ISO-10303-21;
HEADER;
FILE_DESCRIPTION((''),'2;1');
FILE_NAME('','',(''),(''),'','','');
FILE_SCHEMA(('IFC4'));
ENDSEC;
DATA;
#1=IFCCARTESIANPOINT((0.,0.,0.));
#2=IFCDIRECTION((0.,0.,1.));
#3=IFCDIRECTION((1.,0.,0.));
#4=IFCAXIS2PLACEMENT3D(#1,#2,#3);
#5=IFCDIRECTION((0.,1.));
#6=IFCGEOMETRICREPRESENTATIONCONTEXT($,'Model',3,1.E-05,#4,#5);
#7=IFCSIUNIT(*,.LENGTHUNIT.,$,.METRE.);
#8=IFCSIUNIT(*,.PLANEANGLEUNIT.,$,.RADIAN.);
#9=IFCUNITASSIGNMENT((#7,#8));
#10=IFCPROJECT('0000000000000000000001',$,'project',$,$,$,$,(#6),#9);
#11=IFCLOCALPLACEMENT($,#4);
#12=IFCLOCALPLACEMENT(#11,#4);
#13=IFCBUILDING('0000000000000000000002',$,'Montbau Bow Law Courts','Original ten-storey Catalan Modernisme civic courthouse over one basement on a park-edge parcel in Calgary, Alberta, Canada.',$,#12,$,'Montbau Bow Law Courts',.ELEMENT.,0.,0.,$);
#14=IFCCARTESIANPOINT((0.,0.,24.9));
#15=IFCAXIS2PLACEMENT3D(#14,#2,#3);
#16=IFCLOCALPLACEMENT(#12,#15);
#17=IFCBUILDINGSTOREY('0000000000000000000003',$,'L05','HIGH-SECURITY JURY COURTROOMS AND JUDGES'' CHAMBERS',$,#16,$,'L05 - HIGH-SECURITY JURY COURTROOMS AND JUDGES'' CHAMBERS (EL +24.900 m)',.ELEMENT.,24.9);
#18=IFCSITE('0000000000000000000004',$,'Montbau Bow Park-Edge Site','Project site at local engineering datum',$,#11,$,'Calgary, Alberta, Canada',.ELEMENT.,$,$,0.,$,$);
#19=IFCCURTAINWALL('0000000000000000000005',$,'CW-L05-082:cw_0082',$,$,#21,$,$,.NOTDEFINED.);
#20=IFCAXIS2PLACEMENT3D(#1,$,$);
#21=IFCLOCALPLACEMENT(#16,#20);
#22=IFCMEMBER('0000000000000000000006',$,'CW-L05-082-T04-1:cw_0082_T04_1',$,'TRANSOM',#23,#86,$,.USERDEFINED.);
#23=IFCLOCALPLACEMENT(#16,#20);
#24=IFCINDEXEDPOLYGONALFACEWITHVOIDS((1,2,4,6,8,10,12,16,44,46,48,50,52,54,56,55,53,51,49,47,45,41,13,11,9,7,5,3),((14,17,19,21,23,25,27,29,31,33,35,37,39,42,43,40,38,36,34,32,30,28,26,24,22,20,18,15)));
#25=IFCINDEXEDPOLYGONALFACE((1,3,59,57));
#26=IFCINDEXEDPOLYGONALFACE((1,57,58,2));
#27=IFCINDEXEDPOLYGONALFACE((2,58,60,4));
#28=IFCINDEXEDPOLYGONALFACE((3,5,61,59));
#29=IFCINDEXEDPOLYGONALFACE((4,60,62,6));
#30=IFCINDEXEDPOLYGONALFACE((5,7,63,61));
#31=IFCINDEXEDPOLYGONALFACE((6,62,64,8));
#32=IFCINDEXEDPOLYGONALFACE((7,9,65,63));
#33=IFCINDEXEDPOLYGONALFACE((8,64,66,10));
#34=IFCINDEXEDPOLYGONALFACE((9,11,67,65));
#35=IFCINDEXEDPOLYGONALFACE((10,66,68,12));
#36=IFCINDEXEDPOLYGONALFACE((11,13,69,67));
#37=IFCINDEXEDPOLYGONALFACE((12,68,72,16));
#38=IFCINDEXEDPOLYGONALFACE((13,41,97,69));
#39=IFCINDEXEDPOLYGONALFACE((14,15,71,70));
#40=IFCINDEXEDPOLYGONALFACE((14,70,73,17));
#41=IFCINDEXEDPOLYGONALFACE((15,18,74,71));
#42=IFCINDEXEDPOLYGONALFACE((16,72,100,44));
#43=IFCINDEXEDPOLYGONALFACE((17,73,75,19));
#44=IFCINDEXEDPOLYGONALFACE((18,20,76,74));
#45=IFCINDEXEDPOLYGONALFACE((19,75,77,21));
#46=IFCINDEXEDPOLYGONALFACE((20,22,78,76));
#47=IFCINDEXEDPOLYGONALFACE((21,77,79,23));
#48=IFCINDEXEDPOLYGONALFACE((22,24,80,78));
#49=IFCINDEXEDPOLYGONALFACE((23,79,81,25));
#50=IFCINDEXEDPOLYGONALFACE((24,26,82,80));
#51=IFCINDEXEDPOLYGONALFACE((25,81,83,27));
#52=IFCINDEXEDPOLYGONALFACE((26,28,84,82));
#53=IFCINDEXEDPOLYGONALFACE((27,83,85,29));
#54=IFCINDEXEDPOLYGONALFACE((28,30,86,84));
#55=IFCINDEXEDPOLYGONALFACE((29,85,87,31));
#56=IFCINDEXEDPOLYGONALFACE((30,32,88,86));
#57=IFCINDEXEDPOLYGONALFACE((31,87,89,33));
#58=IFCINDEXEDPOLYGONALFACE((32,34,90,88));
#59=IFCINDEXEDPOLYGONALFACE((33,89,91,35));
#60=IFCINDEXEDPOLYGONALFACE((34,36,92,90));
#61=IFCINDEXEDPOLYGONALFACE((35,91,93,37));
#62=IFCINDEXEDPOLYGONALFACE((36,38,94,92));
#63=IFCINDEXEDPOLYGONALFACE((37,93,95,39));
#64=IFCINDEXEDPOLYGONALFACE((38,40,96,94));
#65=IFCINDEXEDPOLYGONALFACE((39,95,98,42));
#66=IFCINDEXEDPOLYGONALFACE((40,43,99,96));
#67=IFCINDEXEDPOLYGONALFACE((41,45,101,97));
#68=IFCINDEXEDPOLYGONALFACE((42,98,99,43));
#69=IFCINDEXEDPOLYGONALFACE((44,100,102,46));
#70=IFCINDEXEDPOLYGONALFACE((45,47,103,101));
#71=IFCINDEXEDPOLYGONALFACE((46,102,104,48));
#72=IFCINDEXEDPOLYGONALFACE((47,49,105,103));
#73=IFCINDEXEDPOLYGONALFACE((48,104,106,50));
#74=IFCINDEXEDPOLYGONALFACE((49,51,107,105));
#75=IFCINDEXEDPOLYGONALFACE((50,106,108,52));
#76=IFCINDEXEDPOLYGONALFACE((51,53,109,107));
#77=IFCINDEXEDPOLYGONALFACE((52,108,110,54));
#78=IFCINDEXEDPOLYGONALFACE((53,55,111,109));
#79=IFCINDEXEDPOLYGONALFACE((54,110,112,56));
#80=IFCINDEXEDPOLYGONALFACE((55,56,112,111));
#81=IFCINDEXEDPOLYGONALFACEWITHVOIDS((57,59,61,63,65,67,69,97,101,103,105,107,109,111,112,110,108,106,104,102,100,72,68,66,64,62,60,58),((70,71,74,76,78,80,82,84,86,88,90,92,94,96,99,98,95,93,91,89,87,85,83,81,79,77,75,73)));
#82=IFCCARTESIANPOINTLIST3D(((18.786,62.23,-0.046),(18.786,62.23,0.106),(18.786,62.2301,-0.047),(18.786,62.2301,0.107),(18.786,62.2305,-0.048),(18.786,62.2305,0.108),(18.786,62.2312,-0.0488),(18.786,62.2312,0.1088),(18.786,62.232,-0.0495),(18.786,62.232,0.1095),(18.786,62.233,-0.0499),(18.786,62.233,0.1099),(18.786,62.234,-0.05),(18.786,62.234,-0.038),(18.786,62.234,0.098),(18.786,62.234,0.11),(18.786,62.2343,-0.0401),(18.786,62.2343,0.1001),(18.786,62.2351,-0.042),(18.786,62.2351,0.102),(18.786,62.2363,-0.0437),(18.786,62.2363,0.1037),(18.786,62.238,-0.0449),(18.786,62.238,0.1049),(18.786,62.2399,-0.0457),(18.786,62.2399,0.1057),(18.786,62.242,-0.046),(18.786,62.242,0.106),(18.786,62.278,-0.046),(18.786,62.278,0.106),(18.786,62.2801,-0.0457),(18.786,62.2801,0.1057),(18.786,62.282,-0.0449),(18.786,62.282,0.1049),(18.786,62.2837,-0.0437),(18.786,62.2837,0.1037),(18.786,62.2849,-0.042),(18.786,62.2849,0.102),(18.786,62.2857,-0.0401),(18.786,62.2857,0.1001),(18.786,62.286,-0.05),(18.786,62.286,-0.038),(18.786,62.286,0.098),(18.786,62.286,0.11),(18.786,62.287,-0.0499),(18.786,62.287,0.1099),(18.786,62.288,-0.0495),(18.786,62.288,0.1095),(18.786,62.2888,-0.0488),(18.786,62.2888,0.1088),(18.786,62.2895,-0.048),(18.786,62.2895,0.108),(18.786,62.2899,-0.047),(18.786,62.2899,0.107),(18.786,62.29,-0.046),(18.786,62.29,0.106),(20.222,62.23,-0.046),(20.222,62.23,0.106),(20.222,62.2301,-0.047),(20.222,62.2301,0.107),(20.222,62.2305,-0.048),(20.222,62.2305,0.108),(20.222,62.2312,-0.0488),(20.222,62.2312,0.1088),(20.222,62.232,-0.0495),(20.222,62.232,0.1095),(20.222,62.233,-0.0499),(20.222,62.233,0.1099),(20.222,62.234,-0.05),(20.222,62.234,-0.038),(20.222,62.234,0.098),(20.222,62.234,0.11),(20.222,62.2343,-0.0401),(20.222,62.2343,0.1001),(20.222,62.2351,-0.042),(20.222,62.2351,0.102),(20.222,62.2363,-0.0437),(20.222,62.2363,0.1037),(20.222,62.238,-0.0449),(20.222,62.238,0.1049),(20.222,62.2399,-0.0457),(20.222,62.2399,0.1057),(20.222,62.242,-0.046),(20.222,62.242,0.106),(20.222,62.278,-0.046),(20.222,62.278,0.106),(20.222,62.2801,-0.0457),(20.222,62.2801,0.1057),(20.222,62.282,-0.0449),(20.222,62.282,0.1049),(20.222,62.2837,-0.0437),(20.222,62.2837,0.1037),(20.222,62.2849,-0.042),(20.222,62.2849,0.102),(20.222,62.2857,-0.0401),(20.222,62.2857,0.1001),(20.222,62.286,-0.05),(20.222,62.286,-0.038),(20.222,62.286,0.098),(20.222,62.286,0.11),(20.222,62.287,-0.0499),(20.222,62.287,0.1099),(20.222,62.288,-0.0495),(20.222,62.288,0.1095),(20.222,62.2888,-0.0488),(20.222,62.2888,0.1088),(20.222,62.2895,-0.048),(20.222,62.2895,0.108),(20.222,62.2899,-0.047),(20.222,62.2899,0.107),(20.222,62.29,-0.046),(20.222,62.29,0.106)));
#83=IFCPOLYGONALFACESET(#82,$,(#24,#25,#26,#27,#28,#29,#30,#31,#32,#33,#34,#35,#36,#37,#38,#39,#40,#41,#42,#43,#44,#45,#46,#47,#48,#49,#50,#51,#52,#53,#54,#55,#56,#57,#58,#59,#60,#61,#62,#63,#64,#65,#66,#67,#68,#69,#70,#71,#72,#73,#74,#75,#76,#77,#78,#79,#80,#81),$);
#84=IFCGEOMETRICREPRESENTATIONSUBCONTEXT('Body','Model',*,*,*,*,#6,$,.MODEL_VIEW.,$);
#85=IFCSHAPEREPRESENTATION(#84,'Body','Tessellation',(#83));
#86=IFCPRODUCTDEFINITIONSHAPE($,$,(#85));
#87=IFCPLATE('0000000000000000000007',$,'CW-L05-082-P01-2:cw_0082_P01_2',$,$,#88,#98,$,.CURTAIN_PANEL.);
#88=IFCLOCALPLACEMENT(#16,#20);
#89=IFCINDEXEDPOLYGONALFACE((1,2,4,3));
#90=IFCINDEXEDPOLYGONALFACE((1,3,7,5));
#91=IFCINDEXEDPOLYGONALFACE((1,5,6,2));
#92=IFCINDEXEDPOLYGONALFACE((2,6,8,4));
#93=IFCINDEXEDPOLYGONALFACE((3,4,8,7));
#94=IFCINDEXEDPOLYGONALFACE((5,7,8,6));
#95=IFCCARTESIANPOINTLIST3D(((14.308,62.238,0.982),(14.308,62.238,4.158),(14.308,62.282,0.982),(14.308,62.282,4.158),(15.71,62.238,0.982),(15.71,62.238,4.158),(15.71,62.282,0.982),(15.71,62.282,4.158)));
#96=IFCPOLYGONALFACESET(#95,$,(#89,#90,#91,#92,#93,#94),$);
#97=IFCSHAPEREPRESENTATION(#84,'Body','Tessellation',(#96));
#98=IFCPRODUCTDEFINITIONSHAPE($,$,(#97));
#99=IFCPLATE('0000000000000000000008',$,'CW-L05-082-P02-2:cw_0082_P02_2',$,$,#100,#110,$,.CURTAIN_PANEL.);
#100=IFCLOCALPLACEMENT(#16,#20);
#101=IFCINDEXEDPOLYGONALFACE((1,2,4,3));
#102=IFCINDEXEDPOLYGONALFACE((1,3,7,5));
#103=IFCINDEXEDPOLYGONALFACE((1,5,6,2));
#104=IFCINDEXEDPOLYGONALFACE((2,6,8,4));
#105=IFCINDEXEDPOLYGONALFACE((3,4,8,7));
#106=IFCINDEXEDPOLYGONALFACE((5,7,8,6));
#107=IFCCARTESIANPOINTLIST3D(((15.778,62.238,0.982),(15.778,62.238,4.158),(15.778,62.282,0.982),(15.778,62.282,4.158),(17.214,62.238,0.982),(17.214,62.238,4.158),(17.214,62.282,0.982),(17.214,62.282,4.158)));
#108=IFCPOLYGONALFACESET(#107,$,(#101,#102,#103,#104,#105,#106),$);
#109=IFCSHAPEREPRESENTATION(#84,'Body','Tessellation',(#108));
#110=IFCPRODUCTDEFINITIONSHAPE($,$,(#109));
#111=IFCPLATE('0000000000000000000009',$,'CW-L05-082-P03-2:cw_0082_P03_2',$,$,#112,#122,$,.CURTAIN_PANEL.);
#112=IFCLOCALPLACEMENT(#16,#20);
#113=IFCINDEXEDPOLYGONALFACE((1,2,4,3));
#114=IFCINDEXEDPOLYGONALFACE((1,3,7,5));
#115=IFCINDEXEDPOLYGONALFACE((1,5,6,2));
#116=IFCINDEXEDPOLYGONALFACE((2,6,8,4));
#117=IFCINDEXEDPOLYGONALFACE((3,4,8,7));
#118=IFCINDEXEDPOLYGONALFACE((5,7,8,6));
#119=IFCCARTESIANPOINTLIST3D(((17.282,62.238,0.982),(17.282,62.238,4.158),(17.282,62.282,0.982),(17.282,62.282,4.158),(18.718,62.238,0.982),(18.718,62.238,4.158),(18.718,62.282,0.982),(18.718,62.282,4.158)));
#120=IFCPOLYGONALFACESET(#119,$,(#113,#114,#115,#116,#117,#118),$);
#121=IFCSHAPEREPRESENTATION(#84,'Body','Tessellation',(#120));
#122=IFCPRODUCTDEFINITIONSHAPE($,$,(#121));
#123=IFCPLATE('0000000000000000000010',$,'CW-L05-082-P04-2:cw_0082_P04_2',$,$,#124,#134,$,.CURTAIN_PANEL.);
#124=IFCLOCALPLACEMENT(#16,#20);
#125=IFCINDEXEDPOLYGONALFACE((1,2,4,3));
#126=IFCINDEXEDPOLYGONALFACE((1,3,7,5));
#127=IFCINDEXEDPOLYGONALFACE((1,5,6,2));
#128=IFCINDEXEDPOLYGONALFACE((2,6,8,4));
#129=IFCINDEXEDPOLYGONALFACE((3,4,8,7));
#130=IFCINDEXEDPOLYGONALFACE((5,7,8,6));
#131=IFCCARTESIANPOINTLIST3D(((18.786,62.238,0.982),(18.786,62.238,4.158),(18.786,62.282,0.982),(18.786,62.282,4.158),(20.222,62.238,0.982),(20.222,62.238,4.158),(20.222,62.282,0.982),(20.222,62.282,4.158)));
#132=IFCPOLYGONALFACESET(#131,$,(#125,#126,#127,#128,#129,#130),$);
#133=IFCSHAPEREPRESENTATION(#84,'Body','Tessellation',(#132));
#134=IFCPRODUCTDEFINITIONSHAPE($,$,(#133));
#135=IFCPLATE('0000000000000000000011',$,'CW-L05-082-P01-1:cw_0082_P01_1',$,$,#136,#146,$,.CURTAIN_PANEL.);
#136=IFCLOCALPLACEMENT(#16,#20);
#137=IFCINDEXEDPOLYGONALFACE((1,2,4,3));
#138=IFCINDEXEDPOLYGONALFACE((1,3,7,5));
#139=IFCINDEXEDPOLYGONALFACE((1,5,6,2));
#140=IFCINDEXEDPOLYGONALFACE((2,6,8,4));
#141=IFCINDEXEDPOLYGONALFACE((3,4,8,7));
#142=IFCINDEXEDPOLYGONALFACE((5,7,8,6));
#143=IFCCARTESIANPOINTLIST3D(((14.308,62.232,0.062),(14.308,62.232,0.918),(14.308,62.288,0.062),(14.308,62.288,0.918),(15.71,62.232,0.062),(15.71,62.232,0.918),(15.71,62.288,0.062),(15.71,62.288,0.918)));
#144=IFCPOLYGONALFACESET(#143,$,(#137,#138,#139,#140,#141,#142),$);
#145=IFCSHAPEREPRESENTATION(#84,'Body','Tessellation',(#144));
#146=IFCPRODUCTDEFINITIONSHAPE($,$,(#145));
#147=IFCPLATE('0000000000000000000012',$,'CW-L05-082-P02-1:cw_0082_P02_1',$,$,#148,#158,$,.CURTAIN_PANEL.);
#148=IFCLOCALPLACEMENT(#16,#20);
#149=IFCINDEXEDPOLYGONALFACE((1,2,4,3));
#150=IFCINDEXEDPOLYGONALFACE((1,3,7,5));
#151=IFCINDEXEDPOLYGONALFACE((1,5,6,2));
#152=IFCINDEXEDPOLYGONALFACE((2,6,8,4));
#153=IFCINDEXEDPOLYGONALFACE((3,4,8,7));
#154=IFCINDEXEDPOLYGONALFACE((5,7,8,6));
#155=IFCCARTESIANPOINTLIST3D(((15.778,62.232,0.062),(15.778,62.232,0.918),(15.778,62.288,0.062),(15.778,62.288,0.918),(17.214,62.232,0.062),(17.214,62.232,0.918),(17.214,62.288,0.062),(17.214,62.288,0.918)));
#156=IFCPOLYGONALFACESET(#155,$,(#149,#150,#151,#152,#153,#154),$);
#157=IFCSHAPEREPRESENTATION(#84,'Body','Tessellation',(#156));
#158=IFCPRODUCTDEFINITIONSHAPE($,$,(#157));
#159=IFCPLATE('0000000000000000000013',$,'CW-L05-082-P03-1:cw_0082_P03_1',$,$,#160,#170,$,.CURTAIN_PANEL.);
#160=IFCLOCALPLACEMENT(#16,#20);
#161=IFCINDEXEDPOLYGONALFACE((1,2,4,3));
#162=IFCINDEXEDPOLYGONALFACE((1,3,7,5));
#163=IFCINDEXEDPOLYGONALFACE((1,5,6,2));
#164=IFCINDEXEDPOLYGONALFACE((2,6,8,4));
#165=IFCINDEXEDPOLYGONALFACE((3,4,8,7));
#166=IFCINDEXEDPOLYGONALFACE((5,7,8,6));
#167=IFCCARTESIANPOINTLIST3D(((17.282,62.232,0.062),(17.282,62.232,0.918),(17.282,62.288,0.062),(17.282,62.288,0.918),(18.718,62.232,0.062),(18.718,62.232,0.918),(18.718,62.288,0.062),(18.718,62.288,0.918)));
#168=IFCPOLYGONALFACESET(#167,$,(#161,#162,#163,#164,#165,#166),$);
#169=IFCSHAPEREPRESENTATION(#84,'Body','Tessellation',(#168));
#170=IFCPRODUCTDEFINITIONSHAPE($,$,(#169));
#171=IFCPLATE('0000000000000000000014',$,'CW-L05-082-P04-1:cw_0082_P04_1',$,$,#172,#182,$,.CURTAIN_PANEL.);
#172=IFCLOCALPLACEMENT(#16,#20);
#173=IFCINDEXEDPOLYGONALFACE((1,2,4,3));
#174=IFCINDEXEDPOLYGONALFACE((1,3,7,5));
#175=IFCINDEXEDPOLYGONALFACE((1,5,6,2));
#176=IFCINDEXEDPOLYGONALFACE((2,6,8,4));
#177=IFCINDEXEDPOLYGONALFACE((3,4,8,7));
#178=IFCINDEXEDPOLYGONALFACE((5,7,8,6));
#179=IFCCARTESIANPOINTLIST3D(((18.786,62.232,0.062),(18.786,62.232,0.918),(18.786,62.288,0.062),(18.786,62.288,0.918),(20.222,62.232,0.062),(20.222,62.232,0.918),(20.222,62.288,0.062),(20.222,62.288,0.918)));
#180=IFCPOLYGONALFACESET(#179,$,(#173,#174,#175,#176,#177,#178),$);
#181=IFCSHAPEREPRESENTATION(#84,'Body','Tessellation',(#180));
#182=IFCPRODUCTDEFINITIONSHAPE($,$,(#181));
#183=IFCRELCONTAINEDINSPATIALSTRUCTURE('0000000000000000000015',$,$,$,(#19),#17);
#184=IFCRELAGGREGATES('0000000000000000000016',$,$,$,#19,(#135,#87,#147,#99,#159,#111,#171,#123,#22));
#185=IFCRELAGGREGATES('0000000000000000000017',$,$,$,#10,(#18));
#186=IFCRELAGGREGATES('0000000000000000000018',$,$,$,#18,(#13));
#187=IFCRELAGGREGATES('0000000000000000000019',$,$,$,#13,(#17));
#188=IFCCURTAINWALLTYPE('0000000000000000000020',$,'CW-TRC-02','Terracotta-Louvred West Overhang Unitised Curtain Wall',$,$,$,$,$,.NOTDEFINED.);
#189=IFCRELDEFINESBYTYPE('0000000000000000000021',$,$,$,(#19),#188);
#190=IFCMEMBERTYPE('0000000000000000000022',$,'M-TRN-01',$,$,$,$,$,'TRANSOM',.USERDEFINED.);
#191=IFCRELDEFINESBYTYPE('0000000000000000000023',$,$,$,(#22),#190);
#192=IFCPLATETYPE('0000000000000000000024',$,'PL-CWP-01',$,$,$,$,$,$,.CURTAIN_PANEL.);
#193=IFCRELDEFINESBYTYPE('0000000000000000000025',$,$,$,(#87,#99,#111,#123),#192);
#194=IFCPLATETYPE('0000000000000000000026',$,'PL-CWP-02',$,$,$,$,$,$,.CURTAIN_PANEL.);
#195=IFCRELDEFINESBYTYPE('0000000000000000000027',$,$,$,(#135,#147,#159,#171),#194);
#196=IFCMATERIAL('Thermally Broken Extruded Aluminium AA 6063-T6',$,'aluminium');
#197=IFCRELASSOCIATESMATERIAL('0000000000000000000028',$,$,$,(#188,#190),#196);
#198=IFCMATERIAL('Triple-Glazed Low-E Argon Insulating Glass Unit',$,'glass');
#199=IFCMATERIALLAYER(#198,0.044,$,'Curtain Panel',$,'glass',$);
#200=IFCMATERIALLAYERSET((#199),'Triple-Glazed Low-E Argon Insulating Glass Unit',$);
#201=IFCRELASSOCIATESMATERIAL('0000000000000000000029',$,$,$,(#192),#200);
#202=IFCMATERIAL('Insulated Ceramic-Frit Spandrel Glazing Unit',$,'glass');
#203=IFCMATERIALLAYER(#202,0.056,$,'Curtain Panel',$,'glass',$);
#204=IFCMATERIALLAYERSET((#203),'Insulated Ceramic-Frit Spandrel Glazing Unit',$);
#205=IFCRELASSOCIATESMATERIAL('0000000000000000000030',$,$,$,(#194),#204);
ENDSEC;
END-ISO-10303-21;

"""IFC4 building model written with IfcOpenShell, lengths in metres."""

from ifc_helpers import new_model, si_unit, direction, frame, frame_2d, origin_with_axes, origin_2d_with_axis, place, context, subcontext, project, spatial, rectangle, hollow_rectangle, extrude, material, layer, layer_set, material_profile, profile_set, type_object, element, aggregate, save


model = new_model("IFC4")

# Units and contexts
model_context = context("Model", 3, precision=1e-05, world=origin_with_axes(), true_north=direction((0.0, 1.0)))
body_context = subcontext(model_context, "Body", "Model", "MODEL_VIEW")
ifc_project = project(units=[si_unit("LENGTHUNIT", "METRE"), si_unit("PLANEANGLEUNIT", "RADIAN")], contexts=[model_context])

# Site, building, storey
site_placement = place(None, origin_with_axes())
site = spatial("IfcSite", under=ifc_project, at=site_placement, Name="Montbau Bow Park-Edge Site", Description="Project site at local engineering datum", LongName="Calgary, Alberta, Canada", CompositionType="ELEMENT", RefElevation=0.0)
building_placement = place(site_placement, origin_with_axes())
building = spatial("IfcBuilding", under=site, at=building_placement, Name="Montbau Bow Law Courts", Description="Original ten-storey Catalan Modernisme civic courthouse over one basement on a park-edge parcel in Calgary, Alberta, Canada.", LongName="Montbau Bow Law Courts", CompositionType="ELEMENT", ElevationOfRefHeight=0.0, ElevationOfTerrain=0.0)
storey_placement = place(building_placement, frame((0.0, 0.0, 24.9), z_axis=(0.0, 0.0, 1.0), x_axis=(1.0, 0.0, 0.0)))
storey = spatial("IfcBuildingStorey", under=building, at=storey_placement, Name="L05", Description="HIGH-SECURITY JURY COURTROOMS AND JUDGES' CHAMBERS", LongName="L05 - HIGH-SECURITY JURY COURTROOMS AND JUDGES' CHAMBERS (EL +24.900 m)", CompositionType="ELEMENT", Elevation=24.9)

# Curtain wall, member, plates
ifc_material_1 = material(Name="Thermally Broken Extruded Aluminium AA 6063-T6", Category="aluminium")
curtain_wall_type = type_object("IfcCurtainWallType", Name="CW-TRC-02", Description="Terracotta-Louvred West Overhang Unitised Curtain Wall", PredefinedType="NOTDEFINED", material=ifc_material_1)
curtain_wall_placement = place(None, frame((14.24, 62.26, 24.9), z_axis=(0.0, 0.0, 1.0), x_axis=(1.0, 0.0, 0.0)))
curtain_wall = element("IfcCurtainWall", 1, at=curtain_wall_placement, inside=storey, type_object=curtain_wall_type, Name="CW-L05-082:cw_0082", PredefinedType="NOTDEFINED")
ifc_material_profile_1 = material_profile(ifc_material_1, hollow_rectangle(XDim=0.06, YDim=0.16, WallThickness=0.004, InnerFilletRadius=0.008, OuterFilletRadius=0.004, at=origin_2d_with_axis()), Name="CWT-160X60", Category="Main", Priority=0)
ifc_profile_set_1 = profile_set([ifc_material_profile_1], Name="Thermally Broken Extruded Aluminium AA 6063-T6")
member_type_1 = type_object("IfcMemberType", Name="M-TRN-01", ElementType="TRANSOM", PredefinedType="USERDEFINED", material=ifc_profile_set_1)
member_1_placement = place(None, frame((18.786, 62.26, 24.93), z_axis=(1.0, 0.0, 0.0), x_axis=(0.0, 1.0, 0.0)))
member_1 = element("IfcMember", 2, at=member_1_placement, type_object=member_type_1, Name="CW-L05-082-T04-1:cw_0082_T04_1", ObjectType="TRANSOM", PredefinedType="USERDEFINED", context=body_context, shape_type="SweptSolid", body=[
    extrude(hollow_rectangle(XDim=0.06, YDim=0.16, WallThickness=0.004, InnerFilletRadius=0.008, OuterFilletRadius=0.004, at=origin_2d_with_axis()), origin_with_axes(), (0.0, 0.0, 1.0), 1.436),
])
ifc_material_2 = material(Name="Triple-Glazed Low-E Argon Insulating Glass Unit", Category="glass")
ifc_layer_1 = layer(ifc_material_2, 0.044, Name="Curtain Panel", Category="glass")
ifc_layer_set_1 = layer_set([ifc_layer_1], Name="Triple-Glazed Low-E Argon Insulating Glass Unit")
plate_type_1 = type_object("IfcPlateType", Name="PL-CWP-01", PredefinedType="CURTAIN_PANEL", material=ifc_layer_set_1)
plate_1_placement = place(None, frame((14.308, 62.26, 25.882), z_axis=(0.0, -1.0, 0.0), x_axis=(1.0, 0.0, 0.0)))
plate_1 = element("IfcPlate", 3, at=plate_1_placement, type_object=plate_type_1, Name="CW-L05-082-P01-2:cw_0082_P01_2", PredefinedType="CURTAIN_PANEL", context=body_context, shape_type="SweptSolid", body=[
    extrude(rectangle(XDim=1.402, YDim=3.176, at=frame_2d((0.701, 1.588), x_axis=(1.0, 0.0))), frame((0.0, 0.0, -0.022), z_axis=(0.0, 0.0, 1.0), x_axis=(1.0, 0.0, 0.0)), (0.0, 0.0, 1.0), 0.044),
])
plate_2_placement = place(None, frame((15.778, 62.26, 25.882), z_axis=(0.0, -1.0, 0.0), x_axis=(1.0, 0.0, 0.0)))
plate_2 = element("IfcPlate", 4, at=plate_2_placement, type_object=plate_type_1, Name="CW-L05-082-P02-2:cw_0082_P02_2", PredefinedType="CURTAIN_PANEL", context=body_context, shape_type="SweptSolid", body=[
    extrude(rectangle(XDim=1.436, YDim=3.176, at=frame_2d((0.718, 1.588), x_axis=(1.0, 0.0))), frame((0.0, 0.0, -0.022), z_axis=(0.0, 0.0, 1.0), x_axis=(1.0, 0.0, 0.0)), (0.0, 0.0, 1.0), 0.044),
])
plate_3_placement = place(None, frame((17.282, 62.26, 25.882), z_axis=(0.0, -1.0, 0.0), x_axis=(1.0, 0.0, 0.0)))
plate_3 = element("IfcPlate", 5, at=plate_3_placement, type_object=plate_type_1, Name="CW-L05-082-P03-2:cw_0082_P03_2", PredefinedType="CURTAIN_PANEL", context=body_context, shape_type="SweptSolid", body=[
    extrude(rectangle(XDim=1.436, YDim=3.176, at=frame_2d((0.718, 1.588), x_axis=(1.0, 0.0))), frame((0.0, 0.0, -0.022), z_axis=(0.0, 0.0, 1.0), x_axis=(1.0, 0.0, 0.0)), (0.0, 0.0, 1.0), 0.044),
])
plate_4_placement = place(None, frame((18.786, 62.26, 25.882), z_axis=(0.0, -1.0, 0.0), x_axis=(1.0, 0.0, 0.0)))
plate_4 = element("IfcPlate", 6, at=plate_4_placement, type_object=plate_type_1, Name="CW-L05-082-P04-2:cw_0082_P04_2", PredefinedType="CURTAIN_PANEL", context=body_context, shape_type="SweptSolid", body=[
    extrude(rectangle(XDim=1.436, YDim=3.176, at=frame_2d((0.718, 1.588), x_axis=(1.0, 0.0))), frame((0.0, 0.0, -0.022), z_axis=(0.0, 0.0, 1.0), x_axis=(1.0, 0.0, 0.0)), (0.0, 0.0, 1.0), 0.044),
])
ifc_material_3 = material(Name="Insulated Ceramic-Frit Spandrel Glazing Unit", Category="glass")
ifc_layer_2 = layer(ifc_material_3, 0.056, Name="Curtain Panel", Category="glass")
ifc_layer_set_2 = layer_set([ifc_layer_2], Name="Insulated Ceramic-Frit Spandrel Glazing Unit")
plate_type_2 = type_object("IfcPlateType", Name="PL-CWP-02", PredefinedType="CURTAIN_PANEL", material=ifc_layer_set_2)
plate_5_placement = place(None, frame((14.308, 62.26, 24.962), z_axis=(0.0, -1.0, 0.0), x_axis=(1.0, 0.0, 0.0)))
plate_5 = element("IfcPlate", 7, at=plate_5_placement, type_object=plate_type_2, Name="CW-L05-082-P01-1:cw_0082_P01_1", PredefinedType="CURTAIN_PANEL", context=body_context, shape_type="SweptSolid", body=[
    extrude(rectangle(XDim=1.402, YDim=0.856, at=frame_2d((0.701, 0.428), x_axis=(1.0, 0.0))), frame((0.0, 0.0, -0.028), z_axis=(0.0, 0.0, 1.0), x_axis=(1.0, 0.0, 0.0)), (0.0, 0.0, 1.0), 0.056),
])
plate_6_placement = place(None, frame((15.778, 62.26, 24.962), z_axis=(0.0, -1.0, 0.0), x_axis=(1.0, 0.0, 0.0)))
plate_6 = element("IfcPlate", 8, at=plate_6_placement, type_object=plate_type_2, Name="CW-L05-082-P02-1:cw_0082_P02_1", PredefinedType="CURTAIN_PANEL", context=body_context, shape_type="SweptSolid", body=[
    extrude(rectangle(XDim=1.436, YDim=0.856, at=frame_2d((0.718, 0.428), x_axis=(1.0, 0.0))), frame((0.0, 0.0, -0.028), z_axis=(0.0, 0.0, 1.0), x_axis=(1.0, 0.0, 0.0)), (0.0, 0.0, 1.0), 0.056),
])
plate_7_placement = place(None, frame((17.282, 62.26, 24.962), z_axis=(0.0, -1.0, 0.0), x_axis=(1.0, 0.0, 0.0)))
plate_7 = element("IfcPlate", 9, at=plate_7_placement, type_object=plate_type_2, Name="CW-L05-082-P03-1:cw_0082_P03_1", PredefinedType="CURTAIN_PANEL", context=body_context, shape_type="SweptSolid", body=[
    extrude(rectangle(XDim=1.436, YDim=0.856, at=frame_2d((0.718, 0.428), x_axis=(1.0, 0.0))), frame((0.0, 0.0, -0.028), z_axis=(0.0, 0.0, 1.0), x_axis=(1.0, 0.0, 0.0)), (0.0, 0.0, 1.0), 0.056),
])
plate_8_placement = place(None, frame((18.786, 62.26, 24.962), z_axis=(0.0, -1.0, 0.0), x_axis=(1.0, 0.0, 0.0)))
plate_8 = element("IfcPlate", 10, at=plate_8_placement, type_object=plate_type_2, Name="CW-L05-082-P04-1:cw_0082_P04_1", PredefinedType="CURTAIN_PANEL", context=body_context, shape_type="SweptSolid", body=[
    extrude(rectangle(XDim=1.436, YDim=0.856, at=frame_2d((0.718, 0.428), x_axis=(1.0, 0.0))), frame((0.0, 0.0, -0.028), z_axis=(0.0, 0.0, 1.0), x_axis=(1.0, 0.0, 0.0)), (0.0, 0.0, 1.0), 0.056),
])
aggregate(curtain_wall, [plate_5, plate_1, plate_6, plate_2, plate_7, plate_3, plate_8, plate_4, member_1])

save(model, "model.ifc")
